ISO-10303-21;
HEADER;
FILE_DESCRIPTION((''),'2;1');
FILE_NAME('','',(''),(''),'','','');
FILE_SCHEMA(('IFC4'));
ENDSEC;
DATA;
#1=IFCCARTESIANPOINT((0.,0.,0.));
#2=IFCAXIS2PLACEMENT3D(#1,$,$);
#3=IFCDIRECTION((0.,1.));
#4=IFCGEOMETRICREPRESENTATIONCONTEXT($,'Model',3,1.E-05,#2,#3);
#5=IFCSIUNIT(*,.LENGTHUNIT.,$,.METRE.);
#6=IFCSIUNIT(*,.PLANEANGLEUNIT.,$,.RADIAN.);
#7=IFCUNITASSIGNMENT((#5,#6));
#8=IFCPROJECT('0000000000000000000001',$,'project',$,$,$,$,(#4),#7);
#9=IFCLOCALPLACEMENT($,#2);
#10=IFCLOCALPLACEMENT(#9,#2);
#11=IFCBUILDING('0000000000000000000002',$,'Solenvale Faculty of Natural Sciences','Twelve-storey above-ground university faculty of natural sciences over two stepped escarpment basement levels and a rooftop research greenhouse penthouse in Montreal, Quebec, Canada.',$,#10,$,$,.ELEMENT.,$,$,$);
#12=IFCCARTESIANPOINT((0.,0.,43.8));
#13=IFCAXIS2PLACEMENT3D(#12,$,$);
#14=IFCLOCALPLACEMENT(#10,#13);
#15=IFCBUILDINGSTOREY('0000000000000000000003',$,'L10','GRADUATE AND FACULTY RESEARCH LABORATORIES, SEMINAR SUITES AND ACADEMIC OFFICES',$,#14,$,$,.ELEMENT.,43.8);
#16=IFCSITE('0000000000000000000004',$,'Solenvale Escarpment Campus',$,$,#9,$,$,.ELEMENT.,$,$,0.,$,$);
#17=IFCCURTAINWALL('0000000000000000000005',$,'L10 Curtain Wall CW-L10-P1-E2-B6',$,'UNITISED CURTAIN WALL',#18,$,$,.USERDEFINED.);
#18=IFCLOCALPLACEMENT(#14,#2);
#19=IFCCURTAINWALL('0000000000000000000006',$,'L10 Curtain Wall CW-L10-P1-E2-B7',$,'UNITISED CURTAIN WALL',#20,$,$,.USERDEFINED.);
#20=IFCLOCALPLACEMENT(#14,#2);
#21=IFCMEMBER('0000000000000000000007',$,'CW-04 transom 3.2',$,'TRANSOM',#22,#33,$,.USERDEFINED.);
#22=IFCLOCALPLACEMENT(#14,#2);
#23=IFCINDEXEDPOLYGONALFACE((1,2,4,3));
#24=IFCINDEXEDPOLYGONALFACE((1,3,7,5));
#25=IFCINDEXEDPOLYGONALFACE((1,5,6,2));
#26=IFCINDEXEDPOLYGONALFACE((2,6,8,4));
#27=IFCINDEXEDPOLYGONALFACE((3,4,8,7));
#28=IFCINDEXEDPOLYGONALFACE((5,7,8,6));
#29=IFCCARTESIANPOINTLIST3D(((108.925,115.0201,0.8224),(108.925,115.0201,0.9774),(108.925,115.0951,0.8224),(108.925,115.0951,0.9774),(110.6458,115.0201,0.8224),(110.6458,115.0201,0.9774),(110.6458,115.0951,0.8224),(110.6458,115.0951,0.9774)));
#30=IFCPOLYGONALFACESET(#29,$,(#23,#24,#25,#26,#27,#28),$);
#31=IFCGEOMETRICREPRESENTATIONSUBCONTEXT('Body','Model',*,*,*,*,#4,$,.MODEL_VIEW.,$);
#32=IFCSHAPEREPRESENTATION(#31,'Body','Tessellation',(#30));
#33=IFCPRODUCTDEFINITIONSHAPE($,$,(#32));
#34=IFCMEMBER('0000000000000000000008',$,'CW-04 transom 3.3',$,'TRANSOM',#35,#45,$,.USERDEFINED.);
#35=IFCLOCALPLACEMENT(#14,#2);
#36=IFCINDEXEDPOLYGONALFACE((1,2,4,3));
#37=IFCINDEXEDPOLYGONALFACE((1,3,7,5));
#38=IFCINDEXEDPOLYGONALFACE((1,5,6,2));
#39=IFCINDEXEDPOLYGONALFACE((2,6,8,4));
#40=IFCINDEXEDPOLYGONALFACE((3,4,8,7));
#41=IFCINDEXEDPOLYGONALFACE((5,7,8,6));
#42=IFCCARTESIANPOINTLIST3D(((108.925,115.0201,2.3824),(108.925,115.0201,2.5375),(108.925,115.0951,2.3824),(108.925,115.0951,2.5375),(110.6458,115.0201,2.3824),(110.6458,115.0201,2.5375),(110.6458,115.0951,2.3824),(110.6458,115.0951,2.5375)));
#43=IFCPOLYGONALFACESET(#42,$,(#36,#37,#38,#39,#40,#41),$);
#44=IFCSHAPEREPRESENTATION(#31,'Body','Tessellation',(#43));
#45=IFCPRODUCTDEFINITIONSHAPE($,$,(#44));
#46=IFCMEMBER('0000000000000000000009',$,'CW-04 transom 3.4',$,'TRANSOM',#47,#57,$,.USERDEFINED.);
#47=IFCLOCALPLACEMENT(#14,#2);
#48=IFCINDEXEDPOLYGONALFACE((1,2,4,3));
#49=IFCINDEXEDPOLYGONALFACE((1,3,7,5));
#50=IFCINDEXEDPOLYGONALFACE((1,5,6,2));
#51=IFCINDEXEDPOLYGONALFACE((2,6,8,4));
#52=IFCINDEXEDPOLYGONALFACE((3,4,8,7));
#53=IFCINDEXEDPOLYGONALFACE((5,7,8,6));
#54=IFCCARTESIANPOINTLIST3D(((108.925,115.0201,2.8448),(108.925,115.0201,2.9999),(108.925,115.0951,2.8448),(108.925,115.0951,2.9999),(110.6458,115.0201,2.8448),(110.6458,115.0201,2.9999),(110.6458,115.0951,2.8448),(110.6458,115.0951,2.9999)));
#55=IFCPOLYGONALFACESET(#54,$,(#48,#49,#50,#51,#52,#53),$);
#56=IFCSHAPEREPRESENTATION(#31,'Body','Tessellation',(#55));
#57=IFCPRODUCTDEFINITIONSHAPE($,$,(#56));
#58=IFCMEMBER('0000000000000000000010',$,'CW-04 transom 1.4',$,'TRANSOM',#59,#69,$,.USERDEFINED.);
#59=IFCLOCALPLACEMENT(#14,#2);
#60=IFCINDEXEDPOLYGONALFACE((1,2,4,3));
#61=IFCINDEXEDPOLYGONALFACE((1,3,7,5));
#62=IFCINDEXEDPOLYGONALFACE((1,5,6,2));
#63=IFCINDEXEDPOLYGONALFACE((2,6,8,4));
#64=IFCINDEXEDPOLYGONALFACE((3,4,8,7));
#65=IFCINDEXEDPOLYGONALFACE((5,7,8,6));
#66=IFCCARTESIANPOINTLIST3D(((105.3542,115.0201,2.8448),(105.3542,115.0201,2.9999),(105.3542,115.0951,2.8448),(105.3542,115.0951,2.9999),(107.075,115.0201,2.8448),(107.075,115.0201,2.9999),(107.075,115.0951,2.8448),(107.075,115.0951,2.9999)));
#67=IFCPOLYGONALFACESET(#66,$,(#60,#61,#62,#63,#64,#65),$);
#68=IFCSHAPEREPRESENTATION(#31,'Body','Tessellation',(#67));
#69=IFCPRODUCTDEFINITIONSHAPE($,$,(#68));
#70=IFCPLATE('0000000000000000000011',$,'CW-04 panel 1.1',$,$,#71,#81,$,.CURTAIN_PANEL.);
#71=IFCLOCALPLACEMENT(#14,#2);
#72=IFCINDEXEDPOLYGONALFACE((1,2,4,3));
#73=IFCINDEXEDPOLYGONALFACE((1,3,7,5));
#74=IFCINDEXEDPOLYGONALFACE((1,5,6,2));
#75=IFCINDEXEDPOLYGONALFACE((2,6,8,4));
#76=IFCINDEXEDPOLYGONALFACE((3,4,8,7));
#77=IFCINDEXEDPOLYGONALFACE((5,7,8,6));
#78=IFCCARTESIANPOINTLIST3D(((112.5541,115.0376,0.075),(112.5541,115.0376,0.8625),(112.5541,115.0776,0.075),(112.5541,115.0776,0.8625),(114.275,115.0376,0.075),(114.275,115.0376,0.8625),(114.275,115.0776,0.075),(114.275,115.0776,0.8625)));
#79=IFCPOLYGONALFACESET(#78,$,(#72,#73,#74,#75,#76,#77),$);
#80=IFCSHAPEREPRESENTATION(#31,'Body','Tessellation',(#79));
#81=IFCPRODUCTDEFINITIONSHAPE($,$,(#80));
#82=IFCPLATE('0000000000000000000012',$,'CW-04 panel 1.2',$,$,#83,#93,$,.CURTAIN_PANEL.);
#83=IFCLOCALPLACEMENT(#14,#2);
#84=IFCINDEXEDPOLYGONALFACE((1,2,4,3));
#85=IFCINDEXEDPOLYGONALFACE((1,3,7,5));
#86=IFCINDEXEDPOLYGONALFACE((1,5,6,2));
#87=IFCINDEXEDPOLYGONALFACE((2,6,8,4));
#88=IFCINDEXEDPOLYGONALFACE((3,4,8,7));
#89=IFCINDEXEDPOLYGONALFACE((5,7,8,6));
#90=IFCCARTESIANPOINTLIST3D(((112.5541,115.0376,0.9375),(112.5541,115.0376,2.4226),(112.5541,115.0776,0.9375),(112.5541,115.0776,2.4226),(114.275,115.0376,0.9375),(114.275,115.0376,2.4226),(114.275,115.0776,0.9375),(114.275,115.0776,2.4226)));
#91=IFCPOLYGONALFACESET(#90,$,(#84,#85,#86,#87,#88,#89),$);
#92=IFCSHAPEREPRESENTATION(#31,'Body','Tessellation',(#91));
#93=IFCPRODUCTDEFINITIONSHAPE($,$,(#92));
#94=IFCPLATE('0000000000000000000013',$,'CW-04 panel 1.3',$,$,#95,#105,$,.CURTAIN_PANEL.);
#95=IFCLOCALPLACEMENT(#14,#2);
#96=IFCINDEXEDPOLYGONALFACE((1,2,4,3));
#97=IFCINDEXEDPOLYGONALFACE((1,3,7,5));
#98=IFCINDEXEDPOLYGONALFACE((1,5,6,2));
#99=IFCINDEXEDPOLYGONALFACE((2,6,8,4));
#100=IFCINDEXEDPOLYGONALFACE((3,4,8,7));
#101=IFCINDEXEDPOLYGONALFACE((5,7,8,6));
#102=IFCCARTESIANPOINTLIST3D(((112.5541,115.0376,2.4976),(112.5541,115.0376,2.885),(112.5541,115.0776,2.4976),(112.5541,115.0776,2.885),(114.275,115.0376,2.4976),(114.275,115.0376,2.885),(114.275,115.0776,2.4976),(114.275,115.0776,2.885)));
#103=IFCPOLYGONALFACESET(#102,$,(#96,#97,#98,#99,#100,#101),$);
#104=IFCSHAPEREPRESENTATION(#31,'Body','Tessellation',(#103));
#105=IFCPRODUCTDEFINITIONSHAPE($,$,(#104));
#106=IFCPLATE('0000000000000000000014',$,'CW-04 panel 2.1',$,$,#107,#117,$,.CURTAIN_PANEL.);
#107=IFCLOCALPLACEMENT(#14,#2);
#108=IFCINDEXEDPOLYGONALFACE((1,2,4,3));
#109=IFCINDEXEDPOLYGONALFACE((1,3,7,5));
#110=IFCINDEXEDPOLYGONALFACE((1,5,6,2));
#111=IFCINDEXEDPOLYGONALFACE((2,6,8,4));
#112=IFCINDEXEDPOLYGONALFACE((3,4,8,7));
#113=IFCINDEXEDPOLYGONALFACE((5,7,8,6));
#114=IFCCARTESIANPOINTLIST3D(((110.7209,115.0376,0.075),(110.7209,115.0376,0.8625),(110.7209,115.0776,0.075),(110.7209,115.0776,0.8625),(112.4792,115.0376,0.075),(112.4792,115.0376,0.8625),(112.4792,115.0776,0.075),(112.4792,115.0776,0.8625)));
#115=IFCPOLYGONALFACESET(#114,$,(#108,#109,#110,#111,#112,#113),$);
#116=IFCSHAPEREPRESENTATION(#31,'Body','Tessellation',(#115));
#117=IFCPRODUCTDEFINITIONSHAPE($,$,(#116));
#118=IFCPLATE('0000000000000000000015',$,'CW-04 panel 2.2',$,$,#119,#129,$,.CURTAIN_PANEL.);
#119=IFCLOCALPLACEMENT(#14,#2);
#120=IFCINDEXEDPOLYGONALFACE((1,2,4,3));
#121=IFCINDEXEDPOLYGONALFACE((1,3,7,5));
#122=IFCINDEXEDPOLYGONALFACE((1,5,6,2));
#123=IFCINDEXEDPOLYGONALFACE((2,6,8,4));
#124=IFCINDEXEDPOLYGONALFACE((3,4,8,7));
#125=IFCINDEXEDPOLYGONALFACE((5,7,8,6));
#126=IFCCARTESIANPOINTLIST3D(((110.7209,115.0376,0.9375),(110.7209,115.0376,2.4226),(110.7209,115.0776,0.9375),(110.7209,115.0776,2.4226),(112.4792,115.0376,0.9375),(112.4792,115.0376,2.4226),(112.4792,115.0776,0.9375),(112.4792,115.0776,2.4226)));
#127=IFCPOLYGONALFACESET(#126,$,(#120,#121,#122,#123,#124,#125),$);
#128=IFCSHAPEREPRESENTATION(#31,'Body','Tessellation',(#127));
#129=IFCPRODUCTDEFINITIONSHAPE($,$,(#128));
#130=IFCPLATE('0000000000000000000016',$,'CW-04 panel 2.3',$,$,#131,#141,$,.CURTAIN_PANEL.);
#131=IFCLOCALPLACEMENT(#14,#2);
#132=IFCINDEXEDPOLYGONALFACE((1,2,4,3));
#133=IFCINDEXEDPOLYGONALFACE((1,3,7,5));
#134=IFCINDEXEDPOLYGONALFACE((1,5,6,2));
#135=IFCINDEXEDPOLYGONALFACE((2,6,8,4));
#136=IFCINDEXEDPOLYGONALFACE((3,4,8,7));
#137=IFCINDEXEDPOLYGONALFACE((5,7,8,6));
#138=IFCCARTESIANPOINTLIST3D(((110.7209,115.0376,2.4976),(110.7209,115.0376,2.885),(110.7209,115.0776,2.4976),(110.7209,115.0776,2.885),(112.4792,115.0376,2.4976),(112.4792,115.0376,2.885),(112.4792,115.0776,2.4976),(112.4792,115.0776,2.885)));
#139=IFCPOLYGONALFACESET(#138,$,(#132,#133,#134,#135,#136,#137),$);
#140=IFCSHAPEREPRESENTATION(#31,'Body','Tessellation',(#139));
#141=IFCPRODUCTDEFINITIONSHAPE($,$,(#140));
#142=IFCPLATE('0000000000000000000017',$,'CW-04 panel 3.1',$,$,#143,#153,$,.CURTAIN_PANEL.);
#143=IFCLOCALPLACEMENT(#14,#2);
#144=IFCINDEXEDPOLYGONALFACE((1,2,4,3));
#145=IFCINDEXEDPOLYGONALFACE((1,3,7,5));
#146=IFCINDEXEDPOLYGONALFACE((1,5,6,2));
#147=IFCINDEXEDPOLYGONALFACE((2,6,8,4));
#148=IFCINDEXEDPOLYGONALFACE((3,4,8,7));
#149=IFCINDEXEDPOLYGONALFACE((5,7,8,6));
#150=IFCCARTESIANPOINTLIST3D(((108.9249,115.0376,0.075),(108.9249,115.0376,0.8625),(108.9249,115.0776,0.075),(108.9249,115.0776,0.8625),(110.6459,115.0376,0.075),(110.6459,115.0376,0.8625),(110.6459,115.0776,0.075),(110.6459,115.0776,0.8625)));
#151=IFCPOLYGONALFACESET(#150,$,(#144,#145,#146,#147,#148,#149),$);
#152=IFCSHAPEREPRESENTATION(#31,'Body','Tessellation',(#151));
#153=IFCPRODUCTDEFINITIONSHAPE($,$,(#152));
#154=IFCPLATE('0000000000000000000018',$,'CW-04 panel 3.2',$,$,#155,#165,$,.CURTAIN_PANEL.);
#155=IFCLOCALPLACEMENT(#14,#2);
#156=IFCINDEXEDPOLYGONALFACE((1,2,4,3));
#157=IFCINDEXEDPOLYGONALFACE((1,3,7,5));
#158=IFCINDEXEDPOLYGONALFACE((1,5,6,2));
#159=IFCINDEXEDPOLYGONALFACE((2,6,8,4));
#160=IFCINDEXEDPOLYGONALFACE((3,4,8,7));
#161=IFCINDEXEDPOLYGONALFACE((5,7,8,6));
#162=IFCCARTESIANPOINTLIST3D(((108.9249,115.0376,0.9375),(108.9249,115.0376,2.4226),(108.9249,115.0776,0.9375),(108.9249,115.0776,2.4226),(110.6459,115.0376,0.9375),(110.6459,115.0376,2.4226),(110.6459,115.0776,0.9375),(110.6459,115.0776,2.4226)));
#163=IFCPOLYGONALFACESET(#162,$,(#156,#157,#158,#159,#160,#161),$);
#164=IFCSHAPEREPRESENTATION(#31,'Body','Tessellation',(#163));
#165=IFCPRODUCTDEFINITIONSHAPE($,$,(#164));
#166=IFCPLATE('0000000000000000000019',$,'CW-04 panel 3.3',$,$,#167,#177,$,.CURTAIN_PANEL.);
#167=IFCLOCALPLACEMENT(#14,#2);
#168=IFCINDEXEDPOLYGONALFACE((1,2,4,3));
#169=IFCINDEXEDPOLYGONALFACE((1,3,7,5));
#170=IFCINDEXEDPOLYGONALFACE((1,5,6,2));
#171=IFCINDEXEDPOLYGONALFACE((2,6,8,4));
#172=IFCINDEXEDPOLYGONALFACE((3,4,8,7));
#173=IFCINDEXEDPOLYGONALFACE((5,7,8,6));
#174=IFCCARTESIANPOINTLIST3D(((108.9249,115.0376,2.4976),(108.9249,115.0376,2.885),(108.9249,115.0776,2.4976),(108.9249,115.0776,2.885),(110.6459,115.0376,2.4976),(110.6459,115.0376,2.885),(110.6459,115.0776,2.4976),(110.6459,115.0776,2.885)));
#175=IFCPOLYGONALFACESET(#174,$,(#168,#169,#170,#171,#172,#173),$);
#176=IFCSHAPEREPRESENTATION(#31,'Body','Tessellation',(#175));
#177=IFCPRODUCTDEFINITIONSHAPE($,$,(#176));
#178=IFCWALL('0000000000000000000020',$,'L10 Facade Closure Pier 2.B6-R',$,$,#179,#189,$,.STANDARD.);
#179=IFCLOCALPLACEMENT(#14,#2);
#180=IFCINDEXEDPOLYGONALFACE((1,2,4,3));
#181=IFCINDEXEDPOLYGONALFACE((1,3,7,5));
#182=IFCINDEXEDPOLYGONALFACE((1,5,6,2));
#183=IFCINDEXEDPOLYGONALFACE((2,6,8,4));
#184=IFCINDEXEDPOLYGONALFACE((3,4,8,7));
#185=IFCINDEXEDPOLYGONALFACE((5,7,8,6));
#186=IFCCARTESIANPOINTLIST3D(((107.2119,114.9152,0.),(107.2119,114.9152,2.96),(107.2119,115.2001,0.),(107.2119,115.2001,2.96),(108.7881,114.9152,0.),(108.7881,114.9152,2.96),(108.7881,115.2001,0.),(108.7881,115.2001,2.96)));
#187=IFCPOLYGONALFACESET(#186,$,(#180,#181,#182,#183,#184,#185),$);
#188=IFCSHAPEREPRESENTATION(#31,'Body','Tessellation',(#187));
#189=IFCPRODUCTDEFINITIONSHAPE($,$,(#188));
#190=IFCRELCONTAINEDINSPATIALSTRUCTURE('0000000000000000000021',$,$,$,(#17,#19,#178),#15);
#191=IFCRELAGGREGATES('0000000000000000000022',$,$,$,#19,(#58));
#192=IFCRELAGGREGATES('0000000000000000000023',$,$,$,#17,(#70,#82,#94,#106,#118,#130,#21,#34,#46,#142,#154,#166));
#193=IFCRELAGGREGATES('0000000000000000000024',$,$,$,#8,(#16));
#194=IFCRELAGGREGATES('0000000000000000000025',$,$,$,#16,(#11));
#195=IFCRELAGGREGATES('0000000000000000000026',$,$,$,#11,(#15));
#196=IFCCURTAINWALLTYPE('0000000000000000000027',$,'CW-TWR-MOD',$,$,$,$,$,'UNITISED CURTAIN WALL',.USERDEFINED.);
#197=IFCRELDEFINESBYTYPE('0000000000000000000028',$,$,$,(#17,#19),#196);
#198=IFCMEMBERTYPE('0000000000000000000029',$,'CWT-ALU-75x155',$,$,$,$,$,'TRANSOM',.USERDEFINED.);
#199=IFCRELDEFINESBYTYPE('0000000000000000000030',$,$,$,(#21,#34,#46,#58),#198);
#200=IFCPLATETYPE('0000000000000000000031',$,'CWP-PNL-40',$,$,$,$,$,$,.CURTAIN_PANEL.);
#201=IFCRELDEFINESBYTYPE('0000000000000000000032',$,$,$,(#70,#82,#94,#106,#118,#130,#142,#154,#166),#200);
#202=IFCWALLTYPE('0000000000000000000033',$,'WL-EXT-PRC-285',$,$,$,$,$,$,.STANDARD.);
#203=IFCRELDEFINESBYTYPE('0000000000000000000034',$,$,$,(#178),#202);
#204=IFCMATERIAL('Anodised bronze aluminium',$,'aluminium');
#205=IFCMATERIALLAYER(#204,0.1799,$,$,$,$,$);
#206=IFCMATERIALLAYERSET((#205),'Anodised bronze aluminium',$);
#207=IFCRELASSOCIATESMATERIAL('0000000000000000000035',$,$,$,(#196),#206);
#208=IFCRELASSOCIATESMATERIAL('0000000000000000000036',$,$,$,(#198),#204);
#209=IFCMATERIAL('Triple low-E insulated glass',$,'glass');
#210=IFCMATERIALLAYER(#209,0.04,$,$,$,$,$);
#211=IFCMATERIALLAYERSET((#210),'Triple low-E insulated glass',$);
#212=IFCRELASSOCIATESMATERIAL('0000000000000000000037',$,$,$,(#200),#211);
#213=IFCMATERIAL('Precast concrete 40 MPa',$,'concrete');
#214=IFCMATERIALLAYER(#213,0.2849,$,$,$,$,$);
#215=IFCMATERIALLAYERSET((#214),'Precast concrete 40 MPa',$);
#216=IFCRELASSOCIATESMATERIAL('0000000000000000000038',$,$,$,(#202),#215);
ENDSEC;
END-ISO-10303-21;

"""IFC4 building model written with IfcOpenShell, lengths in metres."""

from ifc_helpers import new_model, si_unit, direction, frame, frame_2d, origin, origin_2d, place, context, subcontext, project, spatial, rectangle, extrude, material, layer, layer_set, material_profile, profile_set, type_object, element, aggregate, save


model = new_model("IFC4")

# Units and contexts
model_context = context("Model", 3, precision=1e-05, world=origin(), true_north=direction((0.0, 1.0)))
body_context = subcontext(model_context, "Body", "Model", "MODEL_VIEW")
ifc_project = project(units=[si_unit("LENGTHUNIT", "METRE"), si_unit("PLANEANGLEUNIT", "RADIAN")], contexts=[model_context])

# Site, building, storey
site_placement = place(None, origin())
site = spatial("IfcSite", under=ifc_project, at=site_placement, Name="Solenvale Escarpment Campus", CompositionType="ELEMENT", RefElevation=0.0)
building_placement = place(site_placement, origin())
building = spatial("IfcBuilding", under=site, at=building_placement, Name="Solenvale Faculty of Natural Sciences", Description="Twelve-storey above-ground university faculty of natural sciences over two stepped escarpment basement levels and a rooftop research greenhouse penthouse in Montreal, Quebec, Canada.", CompositionType="ELEMENT")
storey_placement = place(building_placement, frame((0.0, 0.0, 43.8)))
storey = spatial("IfcBuildingStorey", under=building, at=storey_placement, Name="L10", Description="GRADUATE AND FACULTY RESEARCH LABORATORIES, SEMINAR SUITES AND ACADEMIC OFFICES", CompositionType="ELEMENT", Elevation=43.8)

# Shared definitions
ifc_material_1 = material(Name="Precast concrete 40 MPa", Category="concrete")

# Curtain wall
ifc_material_2 = material(Name="Anodised bronze aluminium", Category="aluminium")
ifc_layer_1 = layer(ifc_material_2, 0.1799)
ifc_layer_set_1 = layer_set([ifc_layer_1], Name="Anodised bronze aluminium")
curtain_wall_type = type_object("IfcCurtainWallType", Name="CW-TWR-MOD", ElementType="UNITISED CURTAIN WALL", PredefinedType="USERDEFINED", material=ifc_layer_set_1)
curtain_wall_1_placement = place(storey_placement, origin())
curtain_wall_1 = element("IfcCurtainWall", 1, at=curtain_wall_1_placement, inside=storey, type_object=curtain_wall_type, Name="L10 Curtain Wall CW-L10-P1-E2-B6", ObjectType="UNITISED CURTAIN WALL", PredefinedType="USERDEFINED")

# Curtain wall
curtain_wall_2_placement = place(storey_placement, origin())
curtain_wall_2 = element("IfcCurtainWall", 2, at=curtain_wall_2_placement, inside=storey, type_object=curtain_wall_type, Name="L10 Curtain Wall CW-L10-P1-E2-B7", ObjectType="UNITISED CURTAIN WALL", PredefinedType="USERDEFINED")

# Members
ifc_material_profile_1 = material_profile(ifc_material_2, rectangle(XDim=0.075, YDim=0.155, at=origin_2d()), Name="ALU-TRN-75x155")
ifc_profile_set_1 = profile_set([ifc_material_profile_1], Name="Anodised bronze aluminium")
member_type_1 = type_object("IfcMemberType", Name="CWT-ALU-75x155", ElementType="TRANSOM", PredefinedType="USERDEFINED", material=ifc_profile_set_1)
member_1_placement = place(storey_placement, frame((110.6458, 115.0576, 0.8999), z_axis=(-1.0, 0.0, 0.0), x_axis=(0.0, -1.0, 0.0)))
member_1 = element("IfcMember", 3, at=member_1_placement, type_object=member_type_1, Name="CW-04 transom 3.2", ObjectType="TRANSOM", PredefinedType="USERDEFINED", context=body_context, shape_type="SweptSolid", body=[
    extrude(rectangle(XDim=0.075, YDim=0.155, at=origin_2d()), origin(), (0.0, 0.0, 1.0), 1.7207),
])
member_2_placement = place(storey_placement, frame((110.6458, 115.0576, 2.46), z_axis=(-1.0, 0.0, 0.0), x_axis=(0.0, -1.0, 0.0)))
member_2 = element("IfcMember", 4, at=member_2_placement, type_object=member_type_1, Name="CW-04 transom 3.3", ObjectType="TRANSOM", PredefinedType="USERDEFINED", context=body_context, shape_type="SweptSolid", body=[
    extrude(rectangle(XDim=0.075, YDim=0.155, at=origin_2d()), origin(), (0.0, 0.0, 1.0), 1.7207),
])
member_3_placement = place(storey_placement, frame((110.6458, 115.0576, 2.9224), z_axis=(-1.0, 0.0, 0.0), x_axis=(0.0, -1.0, 0.0)))
member_3 = element("IfcMember", 5, at=member_3_placement, type_object=member_type_1, Name="CW-04 transom 3.4", ObjectType="TRANSOM", PredefinedType="USERDEFINED", context=body_context, shape_type="SweptSolid", body=[
    extrude(rectangle(XDim=0.075, YDim=0.155, at=origin_2d()), origin(), (0.0, 0.0, 1.0), 1.7207),
])
member_4_placement = place(storey_placement, frame((107.075, 115.0576, 2.9224), z_axis=(-1.0, 0.0, 0.0), x_axis=(0.0, -1.0, 0.0)))
member_4 = element("IfcMember", 6, at=member_4_placement, type_object=member_type_1, Name="CW-04 transom 1.4", ObjectType="TRANSOM", PredefinedType="USERDEFINED", context=body_context, shape_type="SweptSolid", body=[
    extrude(rectangle(XDim=0.075, YDim=0.155, at=origin_2d()), origin(), (0.0, 0.0, 1.0), 1.7207),
])
aggregate(curtain_wall_2, [member_4])

# Plates
ifc_material_3 = material(Name="Triple low-E insulated glass", Category="glass")
ifc_layer_2 = layer(ifc_material_3, 0.04)
ifc_layer_set_2 = layer_set([ifc_layer_2], Name="Triple low-E insulated glass")
plate_type = type_object("IfcPlateType", Name="CWP-PNL-40", PredefinedType="CURTAIN_PANEL", material=ifc_layer_set_2)
plate_1_placement = place(storey_placement, frame((113.4146, 115.0576, 0.075), z_axis=(0.0, 0.0, 1.0), x_axis=(-1.0, 0.0, 0.0)))
plate_1 = element("IfcPlate", 7, at=plate_1_placement, type_object=plate_type, Name="CW-04 panel 1.1", PredefinedType="CURTAIN_PANEL", context=body_context, shape_type="SweptSolid", body=[
    extrude(rectangle(XDim=1.7209, YDim=0.04, at=origin_2d()), origin(), (0.0, 0.0, 1.0), 0.7876),
])
plate_2_placement = place(storey_placement, frame((113.4146, 115.0576, 0.9375), z_axis=(0.0, 0.0, 1.0), x_axis=(-1.0, 0.0, 0.0)))
plate_2 = element("IfcPlate", 8, at=plate_2_placement, type_object=plate_type, Name="CW-04 panel 1.2", PredefinedType="CURTAIN_PANEL", context=body_context, shape_type="SweptSolid", body=[
    extrude(rectangle(XDim=1.7209, YDim=0.04, at=origin_2d()), origin(), (0.0, 0.0, 1.0), 1.4851),
])
plate_3_placement = place(storey_placement, frame((113.4146, 115.0576, 2.4976), z_axis=(0.0, 0.0, 1.0), x_axis=(-1.0, 0.0, 0.0)))
plate_3 = element("IfcPlate", 9, at=plate_3_placement, type_object=plate_type, Name="CW-04 panel 1.3", PredefinedType="CURTAIN_PANEL", context=body_context, shape_type="SweptSolid", body=[
    extrude(rectangle(XDim=1.7209, YDim=0.04, at=origin_2d()), origin(), (0.0, 0.0, 1.0), 0.3875),
])
plate_4_placement = place(storey_placement, frame((111.6001, 115.0576, 0.075), z_axis=(0.0, 0.0, 1.0), x_axis=(-1.0, 0.0, 0.0)))
plate_4 = element("IfcPlate", 10, at=plate_4_placement, type_object=plate_type, Name="CW-04 panel 2.1", PredefinedType="CURTAIN_PANEL", context=body_context, shape_type="SweptSolid", body=[
    extrude(rectangle(XDim=1.7583, YDim=0.04, at=origin_2d()), origin(), (0.0, 0.0, 1.0), 0.7876),
])
plate_5_placement = place(storey_placement, frame((111.6001, 115.0576, 0.9375), z_axis=(0.0, 0.0, 1.0), x_axis=(-1.0, 0.0, 0.0)))
plate_5 = element("IfcPlate", 11, at=plate_5_placement, type_object=plate_type, Name="CW-04 panel 2.2", PredefinedType="CURTAIN_PANEL", context=body_context, shape_type="SweptSolid", body=[
    extrude(rectangle(XDim=1.7583, YDim=0.04, at=origin_2d()), origin(), (0.0, 0.0, 1.0), 1.4851),
])
plate_6_placement = place(storey_placement, frame((111.6001, 115.0576, 2.4976), z_axis=(0.0, 0.0, 1.0), x_axis=(-1.0, 0.0, 0.0)))
plate_6 = element("IfcPlate", 12, at=plate_6_placement, type_object=plate_type, Name="CW-04 panel 2.3", PredefinedType="CURTAIN_PANEL", context=body_context, shape_type="SweptSolid", body=[
    extrude(rectangle(XDim=1.7583, YDim=0.04, at=origin_2d()), origin(), (0.0, 0.0, 1.0), 0.3875),
])
plate_7_placement = place(storey_placement, frame((109.7854, 115.0576, 0.075), z_axis=(0.0, 0.0, 1.0), x_axis=(-1.0, 0.0, 0.0)))
plate_7 = element("IfcPlate", 13, at=plate_7_placement, type_object=plate_type, Name="CW-04 panel 3.1", PredefinedType="CURTAIN_PANEL", context=body_context, shape_type="SweptSolid", body=[
    extrude(rectangle(XDim=1.7209, YDim=0.04, at=origin_2d()), origin(), (0.0, 0.0, 1.0), 0.7876),
])
plate_8_placement = place(storey_placement, frame((109.7854, 115.0576, 0.9375), z_axis=(0.0, 0.0, 1.0), x_axis=(-1.0, 0.0, 0.0)))
plate_8 = element("IfcPlate", 14, at=plate_8_placement, type_object=plate_type, Name="CW-04 panel 3.2", PredefinedType="CURTAIN_PANEL", context=body_context, shape_type="SweptSolid", body=[
    extrude(rectangle(XDim=1.7209, YDim=0.04, at=origin_2d()), origin(), (0.0, 0.0, 1.0), 1.4851),
])
plate_9_placement = place(storey_placement, frame((109.7854, 115.0576, 2.4976), z_axis=(0.0, 0.0, 1.0), x_axis=(-1.0, 0.0, 0.0)))
plate_9 = element("IfcPlate", 15, at=plate_9_placement, type_object=plate_type, Name="CW-04 panel 3.3", PredefinedType="CURTAIN_PANEL", context=body_context, shape_type="SweptSolid", body=[
    extrude(rectangle(XDim=1.7209, YDim=0.04, at=origin_2d()), origin(), (0.0, 0.0, 1.0), 0.3875),
])
aggregate(curtain_wall_1, [plate_1, plate_2, plate_3, plate_4, plate_5, plate_6, member_1, member_2, member_3, plate_7, plate_8, plate_9])

# Wall
ifc_layer_3 = layer(ifc_material_1, 0.2849)
ifc_layer_set_3 = layer_set([ifc_layer_3], Name="Precast concrete 40 MPa")
wall_type = type_object("IfcWallType", Name="WL-EXT-PRC-285", PredefinedType="STANDARD", material=ifc_layer_set_3)
wall_placement = place(storey_placement, frame((108.7881, 115.0576, 0.0), z_axis=(0.0, 0.0, 1.0), x_axis=(-1.0, 0.0, 0.0)))
element("IfcWall", 16, at=wall_placement, inside=storey, type_object=wall_type, Name="L10 Facade Closure Pier 2.B6-R", PredefinedType="STANDARD", context=body_context, shape_type="SweptSolid", body=[
    extrude(rectangle(XDim=1.5762, YDim=0.2849, at=frame_2d((0.7881, 0.0))), origin(), (0.0, 0.0, 1.0), 2.96),
])

save(model, "model.ifc")
